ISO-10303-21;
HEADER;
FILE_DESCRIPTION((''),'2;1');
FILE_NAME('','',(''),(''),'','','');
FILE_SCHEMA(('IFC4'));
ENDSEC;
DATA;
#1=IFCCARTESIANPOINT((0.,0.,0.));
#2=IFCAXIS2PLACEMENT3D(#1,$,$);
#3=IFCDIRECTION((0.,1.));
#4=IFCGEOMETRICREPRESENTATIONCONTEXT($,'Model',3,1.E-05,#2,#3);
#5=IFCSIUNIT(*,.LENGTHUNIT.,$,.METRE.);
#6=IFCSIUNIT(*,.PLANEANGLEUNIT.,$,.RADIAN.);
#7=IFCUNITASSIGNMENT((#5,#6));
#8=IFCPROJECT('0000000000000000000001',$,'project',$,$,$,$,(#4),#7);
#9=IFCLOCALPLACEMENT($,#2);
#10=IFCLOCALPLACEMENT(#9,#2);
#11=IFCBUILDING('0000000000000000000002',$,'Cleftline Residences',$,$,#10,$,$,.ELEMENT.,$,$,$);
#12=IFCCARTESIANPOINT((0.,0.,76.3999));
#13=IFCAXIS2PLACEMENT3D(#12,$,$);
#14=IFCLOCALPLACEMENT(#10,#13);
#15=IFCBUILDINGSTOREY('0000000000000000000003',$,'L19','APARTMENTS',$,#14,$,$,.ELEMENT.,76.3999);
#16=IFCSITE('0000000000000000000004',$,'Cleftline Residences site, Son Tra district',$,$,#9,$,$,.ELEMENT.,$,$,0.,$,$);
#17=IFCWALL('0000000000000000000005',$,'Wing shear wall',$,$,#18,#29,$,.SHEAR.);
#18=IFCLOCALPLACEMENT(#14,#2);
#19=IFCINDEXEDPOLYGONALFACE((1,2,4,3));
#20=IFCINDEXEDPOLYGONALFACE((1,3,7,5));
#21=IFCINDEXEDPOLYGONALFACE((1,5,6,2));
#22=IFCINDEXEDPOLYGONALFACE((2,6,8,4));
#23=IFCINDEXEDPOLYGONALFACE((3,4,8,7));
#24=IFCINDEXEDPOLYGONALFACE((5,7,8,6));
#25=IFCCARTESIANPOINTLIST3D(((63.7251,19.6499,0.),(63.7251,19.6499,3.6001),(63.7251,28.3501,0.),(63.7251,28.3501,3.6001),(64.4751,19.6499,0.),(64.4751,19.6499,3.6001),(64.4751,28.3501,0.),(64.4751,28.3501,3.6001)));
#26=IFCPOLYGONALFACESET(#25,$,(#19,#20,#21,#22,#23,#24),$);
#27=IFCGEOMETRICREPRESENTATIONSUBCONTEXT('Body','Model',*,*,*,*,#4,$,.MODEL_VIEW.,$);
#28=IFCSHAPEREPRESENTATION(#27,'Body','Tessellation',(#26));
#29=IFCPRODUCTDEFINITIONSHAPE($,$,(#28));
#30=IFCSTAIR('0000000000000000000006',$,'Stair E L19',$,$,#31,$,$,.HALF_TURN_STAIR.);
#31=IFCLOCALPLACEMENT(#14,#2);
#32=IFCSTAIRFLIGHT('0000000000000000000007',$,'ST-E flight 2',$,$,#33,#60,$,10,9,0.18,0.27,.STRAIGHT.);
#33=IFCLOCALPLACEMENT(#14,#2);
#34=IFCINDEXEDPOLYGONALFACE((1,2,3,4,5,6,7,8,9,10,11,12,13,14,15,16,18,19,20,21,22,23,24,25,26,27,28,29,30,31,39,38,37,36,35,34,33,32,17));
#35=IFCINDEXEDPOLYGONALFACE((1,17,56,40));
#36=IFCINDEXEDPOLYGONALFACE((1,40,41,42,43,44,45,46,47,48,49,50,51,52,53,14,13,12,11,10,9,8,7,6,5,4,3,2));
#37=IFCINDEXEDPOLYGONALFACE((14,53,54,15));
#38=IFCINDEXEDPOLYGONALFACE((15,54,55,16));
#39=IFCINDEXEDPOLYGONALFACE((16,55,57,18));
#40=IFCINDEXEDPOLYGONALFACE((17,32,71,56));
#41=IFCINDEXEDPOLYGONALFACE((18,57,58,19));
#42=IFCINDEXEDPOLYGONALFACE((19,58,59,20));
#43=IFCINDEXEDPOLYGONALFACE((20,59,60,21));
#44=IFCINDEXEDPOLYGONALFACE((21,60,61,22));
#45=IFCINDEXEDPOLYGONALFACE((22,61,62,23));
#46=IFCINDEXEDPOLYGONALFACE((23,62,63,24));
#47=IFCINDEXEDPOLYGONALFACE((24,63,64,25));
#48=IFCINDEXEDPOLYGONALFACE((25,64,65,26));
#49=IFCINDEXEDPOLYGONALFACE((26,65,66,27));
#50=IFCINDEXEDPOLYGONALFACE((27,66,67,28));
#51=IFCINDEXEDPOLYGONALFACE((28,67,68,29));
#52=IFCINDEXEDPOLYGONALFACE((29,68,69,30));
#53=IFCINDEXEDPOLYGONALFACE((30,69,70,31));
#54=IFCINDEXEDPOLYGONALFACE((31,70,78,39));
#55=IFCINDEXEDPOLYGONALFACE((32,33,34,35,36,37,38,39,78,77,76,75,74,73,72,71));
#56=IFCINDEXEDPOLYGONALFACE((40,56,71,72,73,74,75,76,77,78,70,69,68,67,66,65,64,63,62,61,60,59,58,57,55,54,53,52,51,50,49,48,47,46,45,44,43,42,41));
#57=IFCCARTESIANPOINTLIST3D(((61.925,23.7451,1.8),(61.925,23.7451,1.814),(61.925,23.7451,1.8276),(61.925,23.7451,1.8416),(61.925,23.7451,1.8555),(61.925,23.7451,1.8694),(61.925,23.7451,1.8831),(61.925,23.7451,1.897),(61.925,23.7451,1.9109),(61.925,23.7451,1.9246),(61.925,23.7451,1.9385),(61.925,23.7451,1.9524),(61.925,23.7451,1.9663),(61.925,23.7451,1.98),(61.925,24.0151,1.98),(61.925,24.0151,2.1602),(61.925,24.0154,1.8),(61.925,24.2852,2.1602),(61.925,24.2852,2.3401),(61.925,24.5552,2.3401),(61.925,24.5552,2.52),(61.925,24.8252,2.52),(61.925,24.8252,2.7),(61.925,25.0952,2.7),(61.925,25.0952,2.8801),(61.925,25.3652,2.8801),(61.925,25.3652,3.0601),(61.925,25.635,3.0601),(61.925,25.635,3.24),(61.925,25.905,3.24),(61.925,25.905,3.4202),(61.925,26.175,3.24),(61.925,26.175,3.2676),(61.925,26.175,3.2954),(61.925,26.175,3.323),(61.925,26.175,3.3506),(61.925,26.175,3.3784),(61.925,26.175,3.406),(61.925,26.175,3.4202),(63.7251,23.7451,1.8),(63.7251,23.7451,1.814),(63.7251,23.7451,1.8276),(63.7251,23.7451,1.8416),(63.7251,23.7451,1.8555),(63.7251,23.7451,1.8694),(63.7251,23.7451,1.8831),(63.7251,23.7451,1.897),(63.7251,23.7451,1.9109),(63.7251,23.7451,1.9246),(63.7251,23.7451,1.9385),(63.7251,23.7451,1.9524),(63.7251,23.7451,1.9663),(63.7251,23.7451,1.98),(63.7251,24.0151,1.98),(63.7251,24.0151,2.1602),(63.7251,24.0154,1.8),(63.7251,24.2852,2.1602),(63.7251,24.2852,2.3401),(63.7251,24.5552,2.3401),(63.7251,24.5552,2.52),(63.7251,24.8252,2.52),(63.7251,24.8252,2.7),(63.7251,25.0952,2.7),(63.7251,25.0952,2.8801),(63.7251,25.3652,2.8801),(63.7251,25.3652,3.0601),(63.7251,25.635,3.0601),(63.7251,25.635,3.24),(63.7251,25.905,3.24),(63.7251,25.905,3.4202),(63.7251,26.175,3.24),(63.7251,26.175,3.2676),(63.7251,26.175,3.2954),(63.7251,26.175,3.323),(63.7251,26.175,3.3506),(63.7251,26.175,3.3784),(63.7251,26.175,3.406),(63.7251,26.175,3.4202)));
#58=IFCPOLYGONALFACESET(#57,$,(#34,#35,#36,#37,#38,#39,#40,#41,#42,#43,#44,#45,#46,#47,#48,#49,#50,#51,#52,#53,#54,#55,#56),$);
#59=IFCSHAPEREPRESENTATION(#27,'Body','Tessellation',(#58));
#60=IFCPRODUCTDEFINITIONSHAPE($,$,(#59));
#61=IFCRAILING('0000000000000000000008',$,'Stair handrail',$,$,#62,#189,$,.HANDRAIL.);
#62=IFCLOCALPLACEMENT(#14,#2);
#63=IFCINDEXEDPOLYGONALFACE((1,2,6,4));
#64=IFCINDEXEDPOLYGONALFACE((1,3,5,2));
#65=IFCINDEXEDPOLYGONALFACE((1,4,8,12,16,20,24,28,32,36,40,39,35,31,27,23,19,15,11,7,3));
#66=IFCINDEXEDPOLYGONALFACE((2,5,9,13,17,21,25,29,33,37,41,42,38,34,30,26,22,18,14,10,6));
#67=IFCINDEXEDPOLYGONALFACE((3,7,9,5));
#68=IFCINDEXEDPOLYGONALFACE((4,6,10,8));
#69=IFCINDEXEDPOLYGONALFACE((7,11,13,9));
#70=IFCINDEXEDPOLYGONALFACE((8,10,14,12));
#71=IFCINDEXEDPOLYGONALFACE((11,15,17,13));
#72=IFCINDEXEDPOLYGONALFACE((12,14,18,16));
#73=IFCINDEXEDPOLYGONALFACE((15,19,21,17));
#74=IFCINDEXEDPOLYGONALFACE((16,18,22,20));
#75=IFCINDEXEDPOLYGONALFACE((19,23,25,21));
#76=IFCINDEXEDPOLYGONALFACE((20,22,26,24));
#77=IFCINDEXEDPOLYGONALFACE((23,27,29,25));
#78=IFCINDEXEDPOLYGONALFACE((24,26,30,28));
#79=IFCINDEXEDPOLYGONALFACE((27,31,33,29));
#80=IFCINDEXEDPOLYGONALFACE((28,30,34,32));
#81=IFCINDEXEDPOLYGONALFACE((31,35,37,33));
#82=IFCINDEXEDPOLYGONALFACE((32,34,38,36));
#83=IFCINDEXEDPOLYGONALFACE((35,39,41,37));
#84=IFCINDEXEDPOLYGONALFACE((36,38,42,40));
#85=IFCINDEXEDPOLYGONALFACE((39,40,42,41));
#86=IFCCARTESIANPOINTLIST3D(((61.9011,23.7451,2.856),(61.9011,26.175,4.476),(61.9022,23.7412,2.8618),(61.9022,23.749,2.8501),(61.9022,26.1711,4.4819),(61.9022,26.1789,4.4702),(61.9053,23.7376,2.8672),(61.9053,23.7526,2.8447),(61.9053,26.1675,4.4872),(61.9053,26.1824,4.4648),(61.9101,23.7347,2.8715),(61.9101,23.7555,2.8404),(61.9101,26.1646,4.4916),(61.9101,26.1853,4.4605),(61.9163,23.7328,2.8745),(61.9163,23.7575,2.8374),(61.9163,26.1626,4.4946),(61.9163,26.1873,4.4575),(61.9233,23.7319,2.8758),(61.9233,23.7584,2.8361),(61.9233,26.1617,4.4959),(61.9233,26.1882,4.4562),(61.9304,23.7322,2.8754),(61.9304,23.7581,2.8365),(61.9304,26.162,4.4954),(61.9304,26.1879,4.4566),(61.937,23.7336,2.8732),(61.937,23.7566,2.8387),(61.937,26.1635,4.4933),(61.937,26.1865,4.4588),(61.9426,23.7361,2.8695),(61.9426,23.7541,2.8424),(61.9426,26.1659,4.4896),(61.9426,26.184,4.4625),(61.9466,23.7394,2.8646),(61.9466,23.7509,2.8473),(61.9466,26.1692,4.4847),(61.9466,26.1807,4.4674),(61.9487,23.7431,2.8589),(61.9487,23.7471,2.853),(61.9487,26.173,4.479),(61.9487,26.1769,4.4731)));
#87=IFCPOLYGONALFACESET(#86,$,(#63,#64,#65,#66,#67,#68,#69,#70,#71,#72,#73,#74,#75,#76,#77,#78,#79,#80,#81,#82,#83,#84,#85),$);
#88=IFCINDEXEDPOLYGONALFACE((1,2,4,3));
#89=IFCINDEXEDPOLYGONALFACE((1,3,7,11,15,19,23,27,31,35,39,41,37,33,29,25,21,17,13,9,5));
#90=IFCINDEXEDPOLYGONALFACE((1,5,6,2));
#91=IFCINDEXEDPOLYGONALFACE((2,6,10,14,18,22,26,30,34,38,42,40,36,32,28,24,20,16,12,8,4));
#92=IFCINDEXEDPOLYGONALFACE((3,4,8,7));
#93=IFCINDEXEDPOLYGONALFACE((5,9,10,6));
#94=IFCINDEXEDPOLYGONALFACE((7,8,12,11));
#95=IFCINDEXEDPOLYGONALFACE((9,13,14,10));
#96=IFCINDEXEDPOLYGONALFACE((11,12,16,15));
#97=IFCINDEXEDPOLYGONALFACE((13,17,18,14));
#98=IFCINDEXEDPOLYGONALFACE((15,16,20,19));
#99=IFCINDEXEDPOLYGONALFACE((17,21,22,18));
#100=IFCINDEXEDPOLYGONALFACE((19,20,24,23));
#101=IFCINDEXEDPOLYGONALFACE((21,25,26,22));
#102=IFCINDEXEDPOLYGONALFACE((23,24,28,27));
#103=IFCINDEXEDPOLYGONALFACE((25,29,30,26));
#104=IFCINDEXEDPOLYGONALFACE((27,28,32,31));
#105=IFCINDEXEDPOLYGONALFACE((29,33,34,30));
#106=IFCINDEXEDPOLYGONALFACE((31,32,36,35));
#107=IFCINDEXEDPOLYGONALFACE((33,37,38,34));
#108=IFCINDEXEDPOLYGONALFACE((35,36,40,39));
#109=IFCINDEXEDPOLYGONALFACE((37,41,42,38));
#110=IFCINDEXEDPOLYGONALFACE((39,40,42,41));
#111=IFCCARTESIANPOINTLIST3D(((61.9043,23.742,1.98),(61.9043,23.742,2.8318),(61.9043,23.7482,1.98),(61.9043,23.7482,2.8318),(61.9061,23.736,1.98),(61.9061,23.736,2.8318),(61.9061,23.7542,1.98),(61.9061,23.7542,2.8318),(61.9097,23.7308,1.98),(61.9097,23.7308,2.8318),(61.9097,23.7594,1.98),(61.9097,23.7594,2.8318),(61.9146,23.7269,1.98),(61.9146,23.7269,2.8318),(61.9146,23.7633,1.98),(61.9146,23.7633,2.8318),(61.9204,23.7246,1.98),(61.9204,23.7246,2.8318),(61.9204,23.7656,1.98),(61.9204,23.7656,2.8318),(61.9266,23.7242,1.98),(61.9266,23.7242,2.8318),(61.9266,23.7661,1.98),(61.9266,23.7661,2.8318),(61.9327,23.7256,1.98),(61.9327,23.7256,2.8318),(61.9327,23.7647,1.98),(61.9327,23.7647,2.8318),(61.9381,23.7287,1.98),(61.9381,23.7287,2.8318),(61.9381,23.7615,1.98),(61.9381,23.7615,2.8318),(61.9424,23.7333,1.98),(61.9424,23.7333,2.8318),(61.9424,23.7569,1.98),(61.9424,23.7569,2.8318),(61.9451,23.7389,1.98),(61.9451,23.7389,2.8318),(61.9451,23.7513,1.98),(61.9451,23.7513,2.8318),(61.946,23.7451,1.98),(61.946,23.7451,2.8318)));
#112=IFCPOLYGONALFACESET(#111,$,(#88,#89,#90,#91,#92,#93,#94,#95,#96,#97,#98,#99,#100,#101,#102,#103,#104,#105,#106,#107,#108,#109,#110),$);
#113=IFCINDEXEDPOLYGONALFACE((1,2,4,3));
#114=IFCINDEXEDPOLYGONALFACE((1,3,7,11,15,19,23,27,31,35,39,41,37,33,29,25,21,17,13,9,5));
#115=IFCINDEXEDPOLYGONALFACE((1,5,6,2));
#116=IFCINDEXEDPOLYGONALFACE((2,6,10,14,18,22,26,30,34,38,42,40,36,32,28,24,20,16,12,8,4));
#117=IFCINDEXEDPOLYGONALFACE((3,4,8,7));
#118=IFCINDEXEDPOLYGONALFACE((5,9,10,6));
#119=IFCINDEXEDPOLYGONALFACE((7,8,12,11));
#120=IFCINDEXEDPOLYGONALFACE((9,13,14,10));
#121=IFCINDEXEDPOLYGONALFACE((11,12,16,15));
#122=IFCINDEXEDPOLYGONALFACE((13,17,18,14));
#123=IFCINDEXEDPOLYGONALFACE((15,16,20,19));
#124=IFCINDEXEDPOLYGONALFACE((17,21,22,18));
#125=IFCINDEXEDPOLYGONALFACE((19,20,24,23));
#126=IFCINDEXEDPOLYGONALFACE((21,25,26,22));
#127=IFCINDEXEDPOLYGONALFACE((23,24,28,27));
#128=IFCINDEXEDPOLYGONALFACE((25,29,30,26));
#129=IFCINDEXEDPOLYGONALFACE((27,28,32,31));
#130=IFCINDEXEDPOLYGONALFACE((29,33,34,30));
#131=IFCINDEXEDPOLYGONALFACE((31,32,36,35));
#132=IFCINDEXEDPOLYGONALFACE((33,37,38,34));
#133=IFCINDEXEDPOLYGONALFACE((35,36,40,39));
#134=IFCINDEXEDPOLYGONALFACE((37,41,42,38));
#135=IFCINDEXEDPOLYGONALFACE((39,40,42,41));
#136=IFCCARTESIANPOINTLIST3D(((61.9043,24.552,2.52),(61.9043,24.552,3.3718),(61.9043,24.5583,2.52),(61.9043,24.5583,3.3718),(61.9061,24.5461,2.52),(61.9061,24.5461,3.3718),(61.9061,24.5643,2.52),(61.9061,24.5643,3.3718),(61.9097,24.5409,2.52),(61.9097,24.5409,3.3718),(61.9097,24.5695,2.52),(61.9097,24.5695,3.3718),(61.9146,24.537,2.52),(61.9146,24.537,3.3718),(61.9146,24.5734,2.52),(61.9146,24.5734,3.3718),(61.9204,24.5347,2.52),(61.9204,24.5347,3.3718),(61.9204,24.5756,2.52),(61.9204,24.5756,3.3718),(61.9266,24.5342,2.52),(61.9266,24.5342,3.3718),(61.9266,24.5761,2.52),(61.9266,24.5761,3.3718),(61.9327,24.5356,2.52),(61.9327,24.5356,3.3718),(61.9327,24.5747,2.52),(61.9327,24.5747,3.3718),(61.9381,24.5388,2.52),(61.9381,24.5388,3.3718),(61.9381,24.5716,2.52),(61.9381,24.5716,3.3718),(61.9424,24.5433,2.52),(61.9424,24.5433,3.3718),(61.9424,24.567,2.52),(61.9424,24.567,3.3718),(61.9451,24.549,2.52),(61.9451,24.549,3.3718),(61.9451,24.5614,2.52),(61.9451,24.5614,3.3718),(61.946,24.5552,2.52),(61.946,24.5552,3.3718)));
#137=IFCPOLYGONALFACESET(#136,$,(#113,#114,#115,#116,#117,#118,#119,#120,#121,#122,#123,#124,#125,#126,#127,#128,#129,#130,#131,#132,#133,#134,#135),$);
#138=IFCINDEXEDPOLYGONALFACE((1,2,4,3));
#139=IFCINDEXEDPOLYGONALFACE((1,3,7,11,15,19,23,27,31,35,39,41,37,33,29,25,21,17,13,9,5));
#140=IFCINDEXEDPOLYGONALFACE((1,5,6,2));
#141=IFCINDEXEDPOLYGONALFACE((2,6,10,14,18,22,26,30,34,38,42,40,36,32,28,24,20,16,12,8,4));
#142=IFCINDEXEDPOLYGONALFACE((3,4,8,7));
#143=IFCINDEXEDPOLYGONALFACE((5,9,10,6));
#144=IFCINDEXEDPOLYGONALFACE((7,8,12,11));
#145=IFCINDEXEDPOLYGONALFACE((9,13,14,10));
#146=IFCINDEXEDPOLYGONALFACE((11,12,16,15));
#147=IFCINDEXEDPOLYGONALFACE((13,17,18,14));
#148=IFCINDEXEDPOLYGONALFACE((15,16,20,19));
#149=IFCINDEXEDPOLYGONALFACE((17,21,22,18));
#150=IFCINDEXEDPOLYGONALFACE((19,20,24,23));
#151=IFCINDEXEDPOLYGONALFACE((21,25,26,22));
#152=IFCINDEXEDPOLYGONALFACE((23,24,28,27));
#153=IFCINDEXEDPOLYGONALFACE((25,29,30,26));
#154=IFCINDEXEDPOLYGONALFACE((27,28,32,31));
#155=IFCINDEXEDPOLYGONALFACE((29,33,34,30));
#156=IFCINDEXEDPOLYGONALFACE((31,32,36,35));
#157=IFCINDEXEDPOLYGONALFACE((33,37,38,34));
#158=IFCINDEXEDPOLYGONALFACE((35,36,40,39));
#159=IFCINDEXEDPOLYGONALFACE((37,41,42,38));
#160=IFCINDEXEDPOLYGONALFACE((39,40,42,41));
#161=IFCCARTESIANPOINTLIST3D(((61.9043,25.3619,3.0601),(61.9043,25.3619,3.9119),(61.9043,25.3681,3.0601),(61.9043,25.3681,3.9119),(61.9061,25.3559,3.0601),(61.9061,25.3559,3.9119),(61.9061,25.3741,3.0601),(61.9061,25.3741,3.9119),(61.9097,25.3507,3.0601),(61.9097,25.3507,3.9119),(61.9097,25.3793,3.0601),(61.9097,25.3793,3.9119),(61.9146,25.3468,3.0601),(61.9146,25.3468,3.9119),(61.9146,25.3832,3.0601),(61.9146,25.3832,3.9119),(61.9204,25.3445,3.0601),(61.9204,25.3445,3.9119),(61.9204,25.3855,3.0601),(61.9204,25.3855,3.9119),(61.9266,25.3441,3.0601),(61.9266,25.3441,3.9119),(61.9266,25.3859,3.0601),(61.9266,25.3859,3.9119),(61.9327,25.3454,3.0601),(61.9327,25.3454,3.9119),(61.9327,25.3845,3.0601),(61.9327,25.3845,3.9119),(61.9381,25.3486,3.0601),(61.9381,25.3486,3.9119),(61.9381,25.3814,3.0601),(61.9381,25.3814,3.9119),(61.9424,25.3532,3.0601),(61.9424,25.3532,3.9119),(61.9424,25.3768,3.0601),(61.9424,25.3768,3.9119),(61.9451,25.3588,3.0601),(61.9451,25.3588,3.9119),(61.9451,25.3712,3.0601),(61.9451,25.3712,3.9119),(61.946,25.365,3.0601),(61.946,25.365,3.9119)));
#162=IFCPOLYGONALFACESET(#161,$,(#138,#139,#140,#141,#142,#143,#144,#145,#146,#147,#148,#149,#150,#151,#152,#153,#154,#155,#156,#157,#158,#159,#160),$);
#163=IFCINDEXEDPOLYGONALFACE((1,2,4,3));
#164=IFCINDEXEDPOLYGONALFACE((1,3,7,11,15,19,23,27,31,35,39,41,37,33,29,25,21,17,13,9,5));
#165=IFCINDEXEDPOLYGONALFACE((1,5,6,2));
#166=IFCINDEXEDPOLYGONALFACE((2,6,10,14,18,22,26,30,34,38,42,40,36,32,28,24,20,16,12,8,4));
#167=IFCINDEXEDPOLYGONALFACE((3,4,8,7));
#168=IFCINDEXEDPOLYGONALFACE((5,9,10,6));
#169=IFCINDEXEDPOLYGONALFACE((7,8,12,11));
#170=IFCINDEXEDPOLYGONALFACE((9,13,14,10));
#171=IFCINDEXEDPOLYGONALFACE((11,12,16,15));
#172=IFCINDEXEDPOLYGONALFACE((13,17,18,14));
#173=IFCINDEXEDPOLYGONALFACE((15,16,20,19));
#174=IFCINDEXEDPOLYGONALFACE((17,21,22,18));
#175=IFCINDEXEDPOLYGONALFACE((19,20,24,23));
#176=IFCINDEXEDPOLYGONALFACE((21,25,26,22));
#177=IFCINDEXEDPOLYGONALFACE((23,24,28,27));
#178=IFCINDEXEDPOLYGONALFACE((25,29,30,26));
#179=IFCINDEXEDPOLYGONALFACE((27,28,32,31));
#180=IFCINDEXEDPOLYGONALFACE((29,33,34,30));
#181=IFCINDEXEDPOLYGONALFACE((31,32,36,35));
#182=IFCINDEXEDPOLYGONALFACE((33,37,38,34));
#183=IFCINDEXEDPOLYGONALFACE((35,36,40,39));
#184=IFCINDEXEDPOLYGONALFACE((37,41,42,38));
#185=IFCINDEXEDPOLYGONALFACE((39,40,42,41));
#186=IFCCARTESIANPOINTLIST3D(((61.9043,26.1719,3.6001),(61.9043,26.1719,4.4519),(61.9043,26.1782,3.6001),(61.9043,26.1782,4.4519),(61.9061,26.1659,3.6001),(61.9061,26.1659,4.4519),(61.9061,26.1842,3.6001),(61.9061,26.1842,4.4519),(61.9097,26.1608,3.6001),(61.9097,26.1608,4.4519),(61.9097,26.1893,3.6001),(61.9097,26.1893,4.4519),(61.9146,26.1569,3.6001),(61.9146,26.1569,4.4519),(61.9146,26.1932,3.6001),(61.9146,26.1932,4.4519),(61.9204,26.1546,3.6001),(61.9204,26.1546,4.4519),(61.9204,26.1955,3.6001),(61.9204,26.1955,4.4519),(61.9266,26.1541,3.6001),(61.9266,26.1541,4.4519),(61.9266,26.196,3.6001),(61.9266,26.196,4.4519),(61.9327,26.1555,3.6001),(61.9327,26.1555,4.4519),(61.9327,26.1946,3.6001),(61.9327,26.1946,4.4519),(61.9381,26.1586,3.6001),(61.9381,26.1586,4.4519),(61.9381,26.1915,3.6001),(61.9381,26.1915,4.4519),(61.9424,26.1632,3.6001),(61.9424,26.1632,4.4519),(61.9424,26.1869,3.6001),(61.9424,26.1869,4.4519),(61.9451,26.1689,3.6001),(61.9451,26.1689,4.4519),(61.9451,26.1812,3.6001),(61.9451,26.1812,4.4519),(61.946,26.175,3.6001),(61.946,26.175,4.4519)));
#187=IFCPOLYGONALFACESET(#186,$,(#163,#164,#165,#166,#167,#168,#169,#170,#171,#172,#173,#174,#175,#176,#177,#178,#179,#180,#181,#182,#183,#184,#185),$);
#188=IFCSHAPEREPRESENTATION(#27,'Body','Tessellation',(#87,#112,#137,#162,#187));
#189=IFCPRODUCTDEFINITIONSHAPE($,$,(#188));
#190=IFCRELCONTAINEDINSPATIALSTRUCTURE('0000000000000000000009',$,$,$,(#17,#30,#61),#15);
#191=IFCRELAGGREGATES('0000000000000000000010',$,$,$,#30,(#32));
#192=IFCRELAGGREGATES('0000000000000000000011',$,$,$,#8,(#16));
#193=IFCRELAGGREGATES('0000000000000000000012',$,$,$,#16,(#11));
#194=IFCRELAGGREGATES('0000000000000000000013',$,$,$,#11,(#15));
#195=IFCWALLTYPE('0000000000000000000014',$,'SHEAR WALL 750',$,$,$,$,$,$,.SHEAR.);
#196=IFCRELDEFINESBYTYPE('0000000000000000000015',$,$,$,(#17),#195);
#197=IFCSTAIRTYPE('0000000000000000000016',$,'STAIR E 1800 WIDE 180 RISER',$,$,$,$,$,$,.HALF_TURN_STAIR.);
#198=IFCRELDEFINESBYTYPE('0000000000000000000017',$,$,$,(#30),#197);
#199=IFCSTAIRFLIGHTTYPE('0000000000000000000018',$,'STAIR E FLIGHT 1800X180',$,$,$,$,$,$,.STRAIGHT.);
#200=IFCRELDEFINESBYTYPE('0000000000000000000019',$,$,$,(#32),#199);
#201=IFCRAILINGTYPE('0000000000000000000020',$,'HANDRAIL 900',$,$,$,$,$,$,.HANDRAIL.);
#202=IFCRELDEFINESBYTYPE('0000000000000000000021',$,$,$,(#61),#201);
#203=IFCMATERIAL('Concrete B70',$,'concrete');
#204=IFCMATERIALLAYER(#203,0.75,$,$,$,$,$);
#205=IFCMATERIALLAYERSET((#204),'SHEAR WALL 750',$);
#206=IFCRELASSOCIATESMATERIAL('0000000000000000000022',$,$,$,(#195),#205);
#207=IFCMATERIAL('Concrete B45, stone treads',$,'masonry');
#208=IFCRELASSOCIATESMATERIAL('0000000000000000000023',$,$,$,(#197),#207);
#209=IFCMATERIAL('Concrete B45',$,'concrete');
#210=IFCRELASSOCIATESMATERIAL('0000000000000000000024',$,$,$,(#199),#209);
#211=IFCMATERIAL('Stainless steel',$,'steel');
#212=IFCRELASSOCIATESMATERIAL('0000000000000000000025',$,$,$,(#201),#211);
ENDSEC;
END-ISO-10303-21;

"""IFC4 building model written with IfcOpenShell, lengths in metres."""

from ifc_helpers import new_model, si_unit, direction, frame, frame_2d, origin, origin_2d, place, context, subcontext, project, spatial, polyline, rectangle, circle, outline, extrude, material, layer, layer_set, type_object, element, aggregate, save


model = new_model("IFC4")

# Units and contexts
model_context = context("Model", 3, precision=1e-05, world=origin(), true_north=direction((0.0, 1.0)))
body_context = subcontext(model_context, "Body", "Model", "MODEL_VIEW")
ifc_project = project(units=[si_unit("LENGTHUNIT", "METRE"), si_unit("PLANEANGLEUNIT", "RADIAN")], contexts=[model_context])

# Site, building, storey
site_placement = place(None, origin())
site = spatial("IfcSite", under=ifc_project, at=site_placement, Name="Cleftline Residences site, Son Tra district", CompositionType="ELEMENT", RefElevation=0.0)
building_placement = place(site_placement, origin())
building = spatial("IfcBuilding", under=site, at=building_placement, Name="Cleftline Residences", CompositionType="ELEMENT")
storey_placement = place(building_placement, frame((0.0, 0.0, 76.3999)))
storey = spatial("IfcBuildingStorey", under=building, at=storey_placement, Name="L19", Description="APARTMENTS", CompositionType="ELEMENT", Elevation=76.3999)

# Wall
ifc_material_1 = material(Name="Concrete B70", Category="concrete")
ifc_layer_1 = layer(ifc_material_1, 0.75)
ifc_layer_set_1 = layer_set([ifc_layer_1], Name="SHEAR WALL 750")
wall_type_1 = type_object("IfcWallType", Name="SHEAR WALL 750", PredefinedType="SHEAR", material=ifc_layer_set_1)
wall_1_placement = place(storey_placement, frame((64.1001, 19.6499, 0.0), z_axis=(0.0, 0.0, 1.0), x_axis=(0.0, 1.0, 0.0)))
element("IfcWall", 1, at=wall_1_placement, inside=storey, type_object=wall_type_1, Name="Wing shear wall", PredefinedType="SHEAR", context=body_context, shape_type="SweptSolid", body=[
    extrude(rectangle(XDim=8.7002, YDim=0.75, at=frame_2d((4.3501, 0.0))), origin(), (0.0, 0.0, 1.0), 3.6001),
])

# Stair, stair flight
ifc_material_2 = material(Name="Concrete B45, stone treads", Category="masonry")
stair_type = type_object("IfcStairType", Name="STAIR E 1800 WIDE 180 RISER", PredefinedType="HALF_TURN_STAIR", material=ifc_material_2)
stair_placement = place(storey_placement, origin())
stair = element("IfcStair", 2, at=stair_placement, inside=storey, type_object=stair_type, Name="Stair E L19", PredefinedType="HALF_TURN_STAIR")
ifc_material_3 = material(Name="Concrete B45", Category="concrete")
stair_flight_type = type_object("IfcStairFlightType", Name="STAIR E FLIGHT 1800X180", PredefinedType="STRAIGHT", material=ifc_material_3)
stair_flight_placement = place(storey_placement, frame((62.825, 23.7451, 1.8), z_axis=(0.0, 0.0, 1.0), x_axis=(0.0, 1.0, 0.0)))
stair_flight = element("IfcStairFlight", 3, at=stair_flight_placement, type_object=stair_flight_type, Name="ST-E flight 2", NumberOfRisers=10, NumberOfTreads=9, PredefinedType="STRAIGHT", RiserHeight=0.18, TreadLength=0.27, context=body_context, shape_type="SweptSolid", body=[
    extrude(outline(polyline([(0.0, 0.0), (0.0, 0.0139), (0.0, 0.0276), (0.0, 0.0415), (0.0, 0.0554), (0.0, 0.0693), (0.0, 0.083), (0.0, 0.0969), (0.0, 0.1108), (0.0, 0.1245), (0.0, 0.1384), (0.0, 0.1523), (0.0, 0.1663), (0.0, 0.1799), (0.27, 0.1799), (0.27, 0.3601), (0.54, 0.3601), (0.54, 0.54), (0.8101, 0.54), (0.8101, 0.72), (1.0801, 0.72), (1.0801, 0.8999), (1.3501, 0.8999), (1.3501, 1.0801), (1.6201, 1.0801), (1.6201, 1.26), (1.8899, 1.26), (1.8899, 1.4399), (2.1599, 1.4399), (2.1599, 1.6201), (2.4299, 1.6201), (2.4299, 1.8), (2.4299, 1.7722), (2.4299, 1.7446), (2.4299, 1.7168), (2.4299, 1.6892), (2.4299, 1.6614), (2.4299, 1.6338), (2.4299, 1.606), (2.4299, 1.5784), (2.4299, 1.5505), (2.4299, 1.5229), (2.4299, 1.4954), (2.4299, 1.4675), (2.4299, 1.4399), (0.2703, 0.0), (0.0, 0.0)])), frame((0.0, 0.8999, 0.0), z_axis=(0.0, -1.0, 0.0), x_axis=(1.0, 0.0, 0.0)), (0.0, 0.0, 1.0), 1.8),
])
aggregate(stair, [stair_flight])

# Railing
ifc_material_4 = material(Name="Stainless steel", Category="steel")
railing_type = type_object("IfcRailingType", Name="HANDRAIL 900", PredefinedType="HANDRAIL", material=ifc_material_4)
railing_placement = place(storey_placement, frame((61.925, 23.7451, 1.98)))
element("IfcRailing", 4, at=railing_placement, inside=storey, type_object=railing_type, Name="Stair handrail", PredefinedType="HANDRAIL", context=body_context, shape_type="SweptSolid", body=[
    extrude(circle(Radius=0.0239, at=origin_2d()), frame((0.0, 0.0, 0.876), z_axis=(0.0, 0.832025, 0.554739), x_axis=(-1.0, 0.0, 0.0)), (0.0, 0.0, 1.0), 2.9204),
    extrude(circle(Radius=0.021, at=origin_2d()), origin(), (0.0, 0.0, 1.0), 0.8518),
    extrude(circle(Radius=0.021, at=origin_2d()), frame((0.0, 0.8101, 0.54)), (0.0, 0.0, 1.0), 0.8518),
    extrude(circle(Radius=0.021, at=origin_2d()), frame((0.0, 1.6199, 1.0801)), (0.0, 0.0, 1.0), 0.8518),
    extrude(circle(Radius=0.021, at=origin_2d()), frame((0.0, 2.4299, 1.6201)), (0.0, 0.0, 1.0), 0.8518),
])

save(model, "model.ifc")
